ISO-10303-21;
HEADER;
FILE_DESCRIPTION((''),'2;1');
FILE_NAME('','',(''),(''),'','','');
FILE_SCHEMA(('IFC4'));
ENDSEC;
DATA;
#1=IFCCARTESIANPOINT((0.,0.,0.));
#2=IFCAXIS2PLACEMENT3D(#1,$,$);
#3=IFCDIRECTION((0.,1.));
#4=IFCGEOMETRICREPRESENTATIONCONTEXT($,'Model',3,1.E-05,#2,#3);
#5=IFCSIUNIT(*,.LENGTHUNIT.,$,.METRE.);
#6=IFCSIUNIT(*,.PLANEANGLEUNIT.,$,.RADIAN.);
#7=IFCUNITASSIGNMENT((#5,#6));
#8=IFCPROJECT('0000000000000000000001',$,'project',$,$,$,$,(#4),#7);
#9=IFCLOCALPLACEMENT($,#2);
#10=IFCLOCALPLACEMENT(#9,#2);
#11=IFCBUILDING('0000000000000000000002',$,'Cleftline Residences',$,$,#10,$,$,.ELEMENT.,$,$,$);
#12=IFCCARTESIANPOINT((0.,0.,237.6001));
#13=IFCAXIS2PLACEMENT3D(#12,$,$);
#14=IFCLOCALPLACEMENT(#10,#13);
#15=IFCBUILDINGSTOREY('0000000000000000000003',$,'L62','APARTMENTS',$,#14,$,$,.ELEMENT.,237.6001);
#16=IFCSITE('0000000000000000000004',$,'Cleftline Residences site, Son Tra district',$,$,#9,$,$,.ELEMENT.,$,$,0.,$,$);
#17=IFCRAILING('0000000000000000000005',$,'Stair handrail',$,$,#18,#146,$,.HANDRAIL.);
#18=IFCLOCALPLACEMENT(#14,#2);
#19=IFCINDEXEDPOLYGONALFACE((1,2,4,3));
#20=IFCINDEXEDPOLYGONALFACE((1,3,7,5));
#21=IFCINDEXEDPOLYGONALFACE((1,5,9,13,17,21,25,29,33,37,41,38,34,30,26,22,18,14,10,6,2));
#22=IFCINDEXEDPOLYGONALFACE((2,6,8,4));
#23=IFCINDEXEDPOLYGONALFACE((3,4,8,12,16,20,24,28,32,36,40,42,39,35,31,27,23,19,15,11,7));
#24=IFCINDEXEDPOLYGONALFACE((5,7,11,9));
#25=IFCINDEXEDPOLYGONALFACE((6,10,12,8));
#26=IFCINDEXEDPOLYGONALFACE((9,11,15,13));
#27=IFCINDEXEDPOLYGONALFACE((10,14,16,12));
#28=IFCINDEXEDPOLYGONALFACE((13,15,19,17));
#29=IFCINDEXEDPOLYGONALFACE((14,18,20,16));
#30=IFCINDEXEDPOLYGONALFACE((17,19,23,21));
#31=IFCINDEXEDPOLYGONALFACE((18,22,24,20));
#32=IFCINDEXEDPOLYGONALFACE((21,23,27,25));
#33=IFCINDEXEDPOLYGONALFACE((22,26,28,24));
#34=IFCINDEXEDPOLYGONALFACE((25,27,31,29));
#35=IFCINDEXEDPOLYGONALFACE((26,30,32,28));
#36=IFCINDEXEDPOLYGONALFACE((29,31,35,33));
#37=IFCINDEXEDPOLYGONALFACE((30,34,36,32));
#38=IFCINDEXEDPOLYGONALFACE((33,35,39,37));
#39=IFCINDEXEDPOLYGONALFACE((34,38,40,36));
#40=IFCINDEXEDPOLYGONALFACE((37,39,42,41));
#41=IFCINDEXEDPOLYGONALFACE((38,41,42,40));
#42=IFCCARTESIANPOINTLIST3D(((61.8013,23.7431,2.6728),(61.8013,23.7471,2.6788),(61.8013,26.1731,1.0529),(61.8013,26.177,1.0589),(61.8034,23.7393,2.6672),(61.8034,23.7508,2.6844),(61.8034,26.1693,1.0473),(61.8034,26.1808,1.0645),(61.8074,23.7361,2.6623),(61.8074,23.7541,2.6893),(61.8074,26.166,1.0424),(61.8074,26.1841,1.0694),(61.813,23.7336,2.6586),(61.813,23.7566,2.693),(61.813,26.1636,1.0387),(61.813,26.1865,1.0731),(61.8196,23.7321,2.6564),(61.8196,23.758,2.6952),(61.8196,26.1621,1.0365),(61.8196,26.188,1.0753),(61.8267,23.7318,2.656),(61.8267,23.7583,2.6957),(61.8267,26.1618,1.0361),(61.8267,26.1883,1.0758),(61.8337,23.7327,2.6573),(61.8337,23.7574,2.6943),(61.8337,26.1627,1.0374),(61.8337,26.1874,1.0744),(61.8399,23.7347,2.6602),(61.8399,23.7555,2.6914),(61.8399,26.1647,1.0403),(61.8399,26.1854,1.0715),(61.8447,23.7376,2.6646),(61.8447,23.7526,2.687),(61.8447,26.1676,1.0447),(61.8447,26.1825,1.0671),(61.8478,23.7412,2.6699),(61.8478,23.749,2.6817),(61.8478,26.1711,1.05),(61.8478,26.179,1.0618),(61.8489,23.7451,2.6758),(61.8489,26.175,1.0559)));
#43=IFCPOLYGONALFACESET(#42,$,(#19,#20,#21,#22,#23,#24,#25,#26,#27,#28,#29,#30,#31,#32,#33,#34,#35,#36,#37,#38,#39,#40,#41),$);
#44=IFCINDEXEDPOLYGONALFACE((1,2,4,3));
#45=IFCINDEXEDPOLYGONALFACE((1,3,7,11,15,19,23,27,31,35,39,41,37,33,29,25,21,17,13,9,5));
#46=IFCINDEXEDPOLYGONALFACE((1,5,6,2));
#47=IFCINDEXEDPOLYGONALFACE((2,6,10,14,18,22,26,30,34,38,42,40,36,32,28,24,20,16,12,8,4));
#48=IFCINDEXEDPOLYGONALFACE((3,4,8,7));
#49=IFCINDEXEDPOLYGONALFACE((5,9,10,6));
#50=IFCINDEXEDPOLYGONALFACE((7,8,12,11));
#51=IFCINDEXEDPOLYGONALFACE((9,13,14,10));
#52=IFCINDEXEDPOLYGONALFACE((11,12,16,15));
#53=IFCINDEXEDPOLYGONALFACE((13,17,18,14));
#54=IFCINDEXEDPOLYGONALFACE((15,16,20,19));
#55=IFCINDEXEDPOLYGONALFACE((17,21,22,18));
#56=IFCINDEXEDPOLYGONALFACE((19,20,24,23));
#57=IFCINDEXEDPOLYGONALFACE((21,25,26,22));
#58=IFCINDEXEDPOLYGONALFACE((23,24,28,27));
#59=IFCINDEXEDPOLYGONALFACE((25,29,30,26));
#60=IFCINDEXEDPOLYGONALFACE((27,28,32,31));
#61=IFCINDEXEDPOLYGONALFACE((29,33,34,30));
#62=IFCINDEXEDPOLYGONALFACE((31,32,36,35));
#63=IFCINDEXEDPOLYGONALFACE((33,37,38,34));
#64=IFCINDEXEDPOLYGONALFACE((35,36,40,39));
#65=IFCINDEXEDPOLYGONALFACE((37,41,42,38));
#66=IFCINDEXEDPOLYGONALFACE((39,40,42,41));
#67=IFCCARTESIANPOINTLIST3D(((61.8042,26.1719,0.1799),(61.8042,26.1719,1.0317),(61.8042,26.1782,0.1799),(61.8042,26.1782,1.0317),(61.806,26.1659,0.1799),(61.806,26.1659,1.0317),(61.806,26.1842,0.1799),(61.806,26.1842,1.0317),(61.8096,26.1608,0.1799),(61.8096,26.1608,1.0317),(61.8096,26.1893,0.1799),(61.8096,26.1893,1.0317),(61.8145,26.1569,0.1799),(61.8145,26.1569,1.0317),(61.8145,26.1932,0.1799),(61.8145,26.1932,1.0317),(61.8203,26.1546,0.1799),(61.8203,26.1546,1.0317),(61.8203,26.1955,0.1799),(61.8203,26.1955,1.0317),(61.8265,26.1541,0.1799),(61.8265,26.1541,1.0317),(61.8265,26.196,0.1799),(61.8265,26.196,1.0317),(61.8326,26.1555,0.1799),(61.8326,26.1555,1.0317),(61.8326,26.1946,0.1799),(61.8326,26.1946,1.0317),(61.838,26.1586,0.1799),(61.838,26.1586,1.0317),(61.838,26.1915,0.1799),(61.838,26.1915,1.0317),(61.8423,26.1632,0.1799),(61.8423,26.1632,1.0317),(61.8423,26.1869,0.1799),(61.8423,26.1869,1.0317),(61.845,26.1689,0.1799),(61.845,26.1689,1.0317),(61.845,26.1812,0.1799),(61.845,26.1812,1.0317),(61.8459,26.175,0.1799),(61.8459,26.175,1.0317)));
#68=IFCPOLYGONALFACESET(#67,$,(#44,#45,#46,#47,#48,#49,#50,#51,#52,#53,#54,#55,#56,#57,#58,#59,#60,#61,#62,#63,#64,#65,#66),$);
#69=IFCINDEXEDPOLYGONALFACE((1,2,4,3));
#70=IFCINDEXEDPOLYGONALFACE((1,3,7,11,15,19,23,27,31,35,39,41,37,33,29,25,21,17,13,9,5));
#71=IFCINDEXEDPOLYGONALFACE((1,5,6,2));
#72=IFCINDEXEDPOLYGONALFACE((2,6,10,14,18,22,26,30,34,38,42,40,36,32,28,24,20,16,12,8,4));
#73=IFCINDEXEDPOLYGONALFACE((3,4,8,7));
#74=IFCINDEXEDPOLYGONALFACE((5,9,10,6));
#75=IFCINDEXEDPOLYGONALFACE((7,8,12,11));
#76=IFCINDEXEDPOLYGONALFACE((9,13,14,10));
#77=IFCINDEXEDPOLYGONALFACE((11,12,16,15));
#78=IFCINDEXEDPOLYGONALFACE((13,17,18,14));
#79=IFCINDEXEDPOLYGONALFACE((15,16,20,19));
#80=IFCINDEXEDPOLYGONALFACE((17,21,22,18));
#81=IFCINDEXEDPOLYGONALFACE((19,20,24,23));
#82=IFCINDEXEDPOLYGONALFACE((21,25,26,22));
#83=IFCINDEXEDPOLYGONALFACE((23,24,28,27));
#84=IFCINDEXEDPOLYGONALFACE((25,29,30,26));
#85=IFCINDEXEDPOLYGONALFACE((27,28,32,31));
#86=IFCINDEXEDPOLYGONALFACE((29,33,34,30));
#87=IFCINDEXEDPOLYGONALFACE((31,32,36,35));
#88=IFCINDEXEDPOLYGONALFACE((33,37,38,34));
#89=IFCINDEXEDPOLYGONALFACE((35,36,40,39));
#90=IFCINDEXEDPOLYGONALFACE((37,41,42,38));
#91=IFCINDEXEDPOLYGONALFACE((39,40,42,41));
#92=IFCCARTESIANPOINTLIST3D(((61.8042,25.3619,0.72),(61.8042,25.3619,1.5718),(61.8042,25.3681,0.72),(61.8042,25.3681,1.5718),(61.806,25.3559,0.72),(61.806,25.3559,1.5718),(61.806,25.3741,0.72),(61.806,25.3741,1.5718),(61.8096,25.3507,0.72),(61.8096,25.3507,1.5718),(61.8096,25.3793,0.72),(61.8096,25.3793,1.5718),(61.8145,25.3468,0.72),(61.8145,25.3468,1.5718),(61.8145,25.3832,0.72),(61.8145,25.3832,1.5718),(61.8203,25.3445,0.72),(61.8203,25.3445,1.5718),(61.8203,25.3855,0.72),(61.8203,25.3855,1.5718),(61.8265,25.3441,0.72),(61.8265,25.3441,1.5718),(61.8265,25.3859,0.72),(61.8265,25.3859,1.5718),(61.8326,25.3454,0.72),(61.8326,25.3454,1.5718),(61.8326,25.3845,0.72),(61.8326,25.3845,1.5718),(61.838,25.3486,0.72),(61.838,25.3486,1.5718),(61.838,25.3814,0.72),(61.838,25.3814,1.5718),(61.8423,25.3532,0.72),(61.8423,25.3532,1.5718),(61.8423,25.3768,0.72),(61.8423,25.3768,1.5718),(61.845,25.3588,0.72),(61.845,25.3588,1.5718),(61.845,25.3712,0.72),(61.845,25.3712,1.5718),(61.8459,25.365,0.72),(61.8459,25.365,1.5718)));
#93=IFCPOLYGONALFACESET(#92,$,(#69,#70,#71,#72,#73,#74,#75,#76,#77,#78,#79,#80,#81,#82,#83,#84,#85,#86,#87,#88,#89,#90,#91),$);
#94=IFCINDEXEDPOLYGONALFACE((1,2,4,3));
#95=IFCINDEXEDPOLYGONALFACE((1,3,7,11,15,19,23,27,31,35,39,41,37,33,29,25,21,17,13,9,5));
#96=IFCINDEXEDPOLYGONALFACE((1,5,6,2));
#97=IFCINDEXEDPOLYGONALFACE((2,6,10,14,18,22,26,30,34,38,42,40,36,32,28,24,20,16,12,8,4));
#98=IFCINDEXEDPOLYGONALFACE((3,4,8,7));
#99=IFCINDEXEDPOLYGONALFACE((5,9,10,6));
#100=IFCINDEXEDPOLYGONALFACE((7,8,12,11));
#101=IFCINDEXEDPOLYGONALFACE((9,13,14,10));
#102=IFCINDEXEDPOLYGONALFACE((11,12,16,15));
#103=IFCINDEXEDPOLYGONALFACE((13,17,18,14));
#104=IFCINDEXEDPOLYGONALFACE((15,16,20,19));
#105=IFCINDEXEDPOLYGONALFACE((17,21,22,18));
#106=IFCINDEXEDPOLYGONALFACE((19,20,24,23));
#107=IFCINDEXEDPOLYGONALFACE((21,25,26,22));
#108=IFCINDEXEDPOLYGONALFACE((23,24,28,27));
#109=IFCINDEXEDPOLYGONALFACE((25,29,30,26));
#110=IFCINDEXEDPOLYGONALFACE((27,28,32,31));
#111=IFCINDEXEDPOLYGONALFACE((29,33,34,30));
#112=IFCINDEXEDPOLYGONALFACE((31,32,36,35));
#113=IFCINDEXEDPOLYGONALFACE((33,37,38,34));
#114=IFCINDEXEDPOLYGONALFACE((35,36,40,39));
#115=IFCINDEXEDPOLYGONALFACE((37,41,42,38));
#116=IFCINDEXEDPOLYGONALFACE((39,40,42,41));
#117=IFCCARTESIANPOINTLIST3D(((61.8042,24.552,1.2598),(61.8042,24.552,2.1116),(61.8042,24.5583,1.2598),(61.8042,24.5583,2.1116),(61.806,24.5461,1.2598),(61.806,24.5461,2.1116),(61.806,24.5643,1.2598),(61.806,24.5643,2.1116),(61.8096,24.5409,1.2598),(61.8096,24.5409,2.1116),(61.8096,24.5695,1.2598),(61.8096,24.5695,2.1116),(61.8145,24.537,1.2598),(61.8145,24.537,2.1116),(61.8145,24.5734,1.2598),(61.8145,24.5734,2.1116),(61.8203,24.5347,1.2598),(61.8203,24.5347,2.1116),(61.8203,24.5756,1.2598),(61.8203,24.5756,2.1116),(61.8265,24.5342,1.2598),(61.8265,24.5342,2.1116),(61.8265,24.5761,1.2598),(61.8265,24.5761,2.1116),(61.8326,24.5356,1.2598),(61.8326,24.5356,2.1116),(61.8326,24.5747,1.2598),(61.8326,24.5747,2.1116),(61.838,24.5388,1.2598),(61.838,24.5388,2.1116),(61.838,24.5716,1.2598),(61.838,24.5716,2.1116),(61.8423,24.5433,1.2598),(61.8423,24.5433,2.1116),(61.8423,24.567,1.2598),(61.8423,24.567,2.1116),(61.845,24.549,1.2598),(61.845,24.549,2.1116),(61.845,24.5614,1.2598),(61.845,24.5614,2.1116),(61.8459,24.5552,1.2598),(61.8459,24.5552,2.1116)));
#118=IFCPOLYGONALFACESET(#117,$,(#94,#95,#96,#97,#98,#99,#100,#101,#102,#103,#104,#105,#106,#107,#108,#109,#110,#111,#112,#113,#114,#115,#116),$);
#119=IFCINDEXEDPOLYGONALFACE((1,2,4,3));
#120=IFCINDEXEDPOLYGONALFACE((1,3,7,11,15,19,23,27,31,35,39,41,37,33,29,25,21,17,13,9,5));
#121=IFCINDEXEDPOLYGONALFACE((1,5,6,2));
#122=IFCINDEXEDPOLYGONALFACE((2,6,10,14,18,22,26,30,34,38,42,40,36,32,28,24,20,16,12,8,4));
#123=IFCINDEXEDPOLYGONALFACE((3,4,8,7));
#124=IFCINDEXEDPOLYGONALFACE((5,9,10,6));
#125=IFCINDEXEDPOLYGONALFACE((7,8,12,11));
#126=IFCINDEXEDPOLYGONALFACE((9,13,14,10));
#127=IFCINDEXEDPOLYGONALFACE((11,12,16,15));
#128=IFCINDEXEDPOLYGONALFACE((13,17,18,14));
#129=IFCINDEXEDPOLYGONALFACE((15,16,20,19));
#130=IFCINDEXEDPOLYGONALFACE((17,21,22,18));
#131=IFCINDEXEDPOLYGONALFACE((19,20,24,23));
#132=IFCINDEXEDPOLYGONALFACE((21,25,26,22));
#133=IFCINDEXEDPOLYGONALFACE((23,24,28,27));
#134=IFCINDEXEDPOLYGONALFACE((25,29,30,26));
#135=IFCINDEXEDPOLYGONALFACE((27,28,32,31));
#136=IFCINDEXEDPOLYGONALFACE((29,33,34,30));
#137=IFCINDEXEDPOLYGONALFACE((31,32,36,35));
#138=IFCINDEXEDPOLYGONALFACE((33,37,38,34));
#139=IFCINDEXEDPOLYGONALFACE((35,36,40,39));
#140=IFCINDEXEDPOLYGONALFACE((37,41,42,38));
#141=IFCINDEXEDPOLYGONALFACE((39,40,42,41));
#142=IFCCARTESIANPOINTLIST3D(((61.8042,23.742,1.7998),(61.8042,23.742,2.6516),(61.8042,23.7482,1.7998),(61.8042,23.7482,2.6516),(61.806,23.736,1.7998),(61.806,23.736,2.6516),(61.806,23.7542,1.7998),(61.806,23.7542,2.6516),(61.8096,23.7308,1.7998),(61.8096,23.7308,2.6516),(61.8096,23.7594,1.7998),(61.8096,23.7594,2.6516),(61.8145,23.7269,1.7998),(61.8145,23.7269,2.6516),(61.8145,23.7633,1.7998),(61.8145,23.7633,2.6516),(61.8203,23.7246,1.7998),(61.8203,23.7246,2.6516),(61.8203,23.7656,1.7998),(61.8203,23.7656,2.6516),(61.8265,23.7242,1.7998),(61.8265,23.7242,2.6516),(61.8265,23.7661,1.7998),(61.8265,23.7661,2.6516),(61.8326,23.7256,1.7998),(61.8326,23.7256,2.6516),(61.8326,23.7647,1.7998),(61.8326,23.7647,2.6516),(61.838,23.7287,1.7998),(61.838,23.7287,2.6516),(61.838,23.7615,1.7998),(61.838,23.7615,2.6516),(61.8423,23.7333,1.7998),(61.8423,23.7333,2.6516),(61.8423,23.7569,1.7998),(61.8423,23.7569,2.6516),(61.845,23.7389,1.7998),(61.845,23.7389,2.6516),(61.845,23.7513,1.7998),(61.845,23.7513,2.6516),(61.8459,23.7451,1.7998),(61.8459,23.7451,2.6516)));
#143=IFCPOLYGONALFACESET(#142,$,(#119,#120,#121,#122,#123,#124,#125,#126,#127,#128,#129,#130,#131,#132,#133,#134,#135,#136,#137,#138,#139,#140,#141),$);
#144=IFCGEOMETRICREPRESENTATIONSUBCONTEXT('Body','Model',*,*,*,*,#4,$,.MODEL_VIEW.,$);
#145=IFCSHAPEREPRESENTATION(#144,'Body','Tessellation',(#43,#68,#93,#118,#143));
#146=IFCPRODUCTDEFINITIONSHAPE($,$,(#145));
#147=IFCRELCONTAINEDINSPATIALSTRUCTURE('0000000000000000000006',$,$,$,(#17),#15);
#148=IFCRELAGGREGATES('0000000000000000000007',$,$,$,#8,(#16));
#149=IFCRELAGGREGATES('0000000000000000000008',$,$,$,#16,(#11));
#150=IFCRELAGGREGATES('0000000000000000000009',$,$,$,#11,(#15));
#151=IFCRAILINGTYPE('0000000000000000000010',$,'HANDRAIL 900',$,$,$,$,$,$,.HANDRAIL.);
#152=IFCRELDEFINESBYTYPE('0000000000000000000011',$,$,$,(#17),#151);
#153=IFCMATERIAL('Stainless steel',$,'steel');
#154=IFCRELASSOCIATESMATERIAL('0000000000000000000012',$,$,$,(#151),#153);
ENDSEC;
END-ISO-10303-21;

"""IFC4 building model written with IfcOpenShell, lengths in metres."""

from ifc_helpers import new_model, si_unit, direction, frame, origin, origin_2d, place, context, subcontext, project, spatial, circle, extrude, material, type_object, element, save


model = new_model("IFC4")

# Units and contexts
model_context = context("Model", 3, precision=1e-05, world=origin(), true_north=direction((0.0, 1.0)))
body_context = subcontext(model_context, "Body", "Model", "MODEL_VIEW")
ifc_project = project(units=[si_unit("LENGTHUNIT", "METRE"), si_unit("PLANEANGLEUNIT", "RADIAN")], contexts=[model_context])

# Site, building, storey
site_placement = place(None, origin())
site = spatial("IfcSite", under=ifc_project, at=site_placement, Name="Cleftline Residences site, Son Tra district", CompositionType="ELEMENT", RefElevation=0.0)
building_placement = place(site_placement, origin())
building = spatial("IfcBuilding", under=site, at=building_placement, Name="Cleftline Residences", CompositionType="ELEMENT")
storey_placement = place(building_placement, frame((0.0, 0.0, 237.6001)))
storey = spatial("IfcBuildingStorey", under=building, at=storey_placement, Name="L62", Description="APARTMENTS", CompositionType="ELEMENT", Elevation=237.6001)

# Railing
ifc_material_1 = material(Name="Stainless steel", Category="steel")
railing_type = type_object("IfcRailingType", Name="HANDRAIL 900", PredefinedType="HANDRAIL", material=ifc_material_1)
railing_placement = place(storey_placement, frame((61.825, 26.175, 0.1799)))
element("IfcRailing", 1, at=railing_placement, inside=storey, type_object=railing_type, Name="Stair handrail", PredefinedType="HANDRAIL", context=body_context, shape_type="SweptSolid", body=[
    extrude(circle(Radius=0.0239, at=origin_2d()), frame((0.0, 0.0, 0.876), z_axis=(0.0, -0.832063, 0.554681), x_axis=(1.0, 0.0, 0.0)), (0.0, 0.0, 1.0), 2.9204),
    extrude(circle(Radius=0.021, at=origin_2d()), origin(), (0.0, 0.0, 1.0), 0.8518),
    extrude(circle(Radius=0.021, at=origin_2d()), frame((0.0, -0.8101, 0.54)), (0.0, 0.0, 1.0), 0.8518),
    extrude(circle(Radius=0.021, at=origin_2d()), frame((0.0, -1.6199, 1.0798)), (0.0, 0.0, 1.0), 0.8518),
    extrude(circle(Radius=0.021, at=origin_2d()), frame((0.0, -2.4299, 1.6199)), (0.0, 0.0, 1.0), 0.8518),
])

save(model, "model.ifc")
